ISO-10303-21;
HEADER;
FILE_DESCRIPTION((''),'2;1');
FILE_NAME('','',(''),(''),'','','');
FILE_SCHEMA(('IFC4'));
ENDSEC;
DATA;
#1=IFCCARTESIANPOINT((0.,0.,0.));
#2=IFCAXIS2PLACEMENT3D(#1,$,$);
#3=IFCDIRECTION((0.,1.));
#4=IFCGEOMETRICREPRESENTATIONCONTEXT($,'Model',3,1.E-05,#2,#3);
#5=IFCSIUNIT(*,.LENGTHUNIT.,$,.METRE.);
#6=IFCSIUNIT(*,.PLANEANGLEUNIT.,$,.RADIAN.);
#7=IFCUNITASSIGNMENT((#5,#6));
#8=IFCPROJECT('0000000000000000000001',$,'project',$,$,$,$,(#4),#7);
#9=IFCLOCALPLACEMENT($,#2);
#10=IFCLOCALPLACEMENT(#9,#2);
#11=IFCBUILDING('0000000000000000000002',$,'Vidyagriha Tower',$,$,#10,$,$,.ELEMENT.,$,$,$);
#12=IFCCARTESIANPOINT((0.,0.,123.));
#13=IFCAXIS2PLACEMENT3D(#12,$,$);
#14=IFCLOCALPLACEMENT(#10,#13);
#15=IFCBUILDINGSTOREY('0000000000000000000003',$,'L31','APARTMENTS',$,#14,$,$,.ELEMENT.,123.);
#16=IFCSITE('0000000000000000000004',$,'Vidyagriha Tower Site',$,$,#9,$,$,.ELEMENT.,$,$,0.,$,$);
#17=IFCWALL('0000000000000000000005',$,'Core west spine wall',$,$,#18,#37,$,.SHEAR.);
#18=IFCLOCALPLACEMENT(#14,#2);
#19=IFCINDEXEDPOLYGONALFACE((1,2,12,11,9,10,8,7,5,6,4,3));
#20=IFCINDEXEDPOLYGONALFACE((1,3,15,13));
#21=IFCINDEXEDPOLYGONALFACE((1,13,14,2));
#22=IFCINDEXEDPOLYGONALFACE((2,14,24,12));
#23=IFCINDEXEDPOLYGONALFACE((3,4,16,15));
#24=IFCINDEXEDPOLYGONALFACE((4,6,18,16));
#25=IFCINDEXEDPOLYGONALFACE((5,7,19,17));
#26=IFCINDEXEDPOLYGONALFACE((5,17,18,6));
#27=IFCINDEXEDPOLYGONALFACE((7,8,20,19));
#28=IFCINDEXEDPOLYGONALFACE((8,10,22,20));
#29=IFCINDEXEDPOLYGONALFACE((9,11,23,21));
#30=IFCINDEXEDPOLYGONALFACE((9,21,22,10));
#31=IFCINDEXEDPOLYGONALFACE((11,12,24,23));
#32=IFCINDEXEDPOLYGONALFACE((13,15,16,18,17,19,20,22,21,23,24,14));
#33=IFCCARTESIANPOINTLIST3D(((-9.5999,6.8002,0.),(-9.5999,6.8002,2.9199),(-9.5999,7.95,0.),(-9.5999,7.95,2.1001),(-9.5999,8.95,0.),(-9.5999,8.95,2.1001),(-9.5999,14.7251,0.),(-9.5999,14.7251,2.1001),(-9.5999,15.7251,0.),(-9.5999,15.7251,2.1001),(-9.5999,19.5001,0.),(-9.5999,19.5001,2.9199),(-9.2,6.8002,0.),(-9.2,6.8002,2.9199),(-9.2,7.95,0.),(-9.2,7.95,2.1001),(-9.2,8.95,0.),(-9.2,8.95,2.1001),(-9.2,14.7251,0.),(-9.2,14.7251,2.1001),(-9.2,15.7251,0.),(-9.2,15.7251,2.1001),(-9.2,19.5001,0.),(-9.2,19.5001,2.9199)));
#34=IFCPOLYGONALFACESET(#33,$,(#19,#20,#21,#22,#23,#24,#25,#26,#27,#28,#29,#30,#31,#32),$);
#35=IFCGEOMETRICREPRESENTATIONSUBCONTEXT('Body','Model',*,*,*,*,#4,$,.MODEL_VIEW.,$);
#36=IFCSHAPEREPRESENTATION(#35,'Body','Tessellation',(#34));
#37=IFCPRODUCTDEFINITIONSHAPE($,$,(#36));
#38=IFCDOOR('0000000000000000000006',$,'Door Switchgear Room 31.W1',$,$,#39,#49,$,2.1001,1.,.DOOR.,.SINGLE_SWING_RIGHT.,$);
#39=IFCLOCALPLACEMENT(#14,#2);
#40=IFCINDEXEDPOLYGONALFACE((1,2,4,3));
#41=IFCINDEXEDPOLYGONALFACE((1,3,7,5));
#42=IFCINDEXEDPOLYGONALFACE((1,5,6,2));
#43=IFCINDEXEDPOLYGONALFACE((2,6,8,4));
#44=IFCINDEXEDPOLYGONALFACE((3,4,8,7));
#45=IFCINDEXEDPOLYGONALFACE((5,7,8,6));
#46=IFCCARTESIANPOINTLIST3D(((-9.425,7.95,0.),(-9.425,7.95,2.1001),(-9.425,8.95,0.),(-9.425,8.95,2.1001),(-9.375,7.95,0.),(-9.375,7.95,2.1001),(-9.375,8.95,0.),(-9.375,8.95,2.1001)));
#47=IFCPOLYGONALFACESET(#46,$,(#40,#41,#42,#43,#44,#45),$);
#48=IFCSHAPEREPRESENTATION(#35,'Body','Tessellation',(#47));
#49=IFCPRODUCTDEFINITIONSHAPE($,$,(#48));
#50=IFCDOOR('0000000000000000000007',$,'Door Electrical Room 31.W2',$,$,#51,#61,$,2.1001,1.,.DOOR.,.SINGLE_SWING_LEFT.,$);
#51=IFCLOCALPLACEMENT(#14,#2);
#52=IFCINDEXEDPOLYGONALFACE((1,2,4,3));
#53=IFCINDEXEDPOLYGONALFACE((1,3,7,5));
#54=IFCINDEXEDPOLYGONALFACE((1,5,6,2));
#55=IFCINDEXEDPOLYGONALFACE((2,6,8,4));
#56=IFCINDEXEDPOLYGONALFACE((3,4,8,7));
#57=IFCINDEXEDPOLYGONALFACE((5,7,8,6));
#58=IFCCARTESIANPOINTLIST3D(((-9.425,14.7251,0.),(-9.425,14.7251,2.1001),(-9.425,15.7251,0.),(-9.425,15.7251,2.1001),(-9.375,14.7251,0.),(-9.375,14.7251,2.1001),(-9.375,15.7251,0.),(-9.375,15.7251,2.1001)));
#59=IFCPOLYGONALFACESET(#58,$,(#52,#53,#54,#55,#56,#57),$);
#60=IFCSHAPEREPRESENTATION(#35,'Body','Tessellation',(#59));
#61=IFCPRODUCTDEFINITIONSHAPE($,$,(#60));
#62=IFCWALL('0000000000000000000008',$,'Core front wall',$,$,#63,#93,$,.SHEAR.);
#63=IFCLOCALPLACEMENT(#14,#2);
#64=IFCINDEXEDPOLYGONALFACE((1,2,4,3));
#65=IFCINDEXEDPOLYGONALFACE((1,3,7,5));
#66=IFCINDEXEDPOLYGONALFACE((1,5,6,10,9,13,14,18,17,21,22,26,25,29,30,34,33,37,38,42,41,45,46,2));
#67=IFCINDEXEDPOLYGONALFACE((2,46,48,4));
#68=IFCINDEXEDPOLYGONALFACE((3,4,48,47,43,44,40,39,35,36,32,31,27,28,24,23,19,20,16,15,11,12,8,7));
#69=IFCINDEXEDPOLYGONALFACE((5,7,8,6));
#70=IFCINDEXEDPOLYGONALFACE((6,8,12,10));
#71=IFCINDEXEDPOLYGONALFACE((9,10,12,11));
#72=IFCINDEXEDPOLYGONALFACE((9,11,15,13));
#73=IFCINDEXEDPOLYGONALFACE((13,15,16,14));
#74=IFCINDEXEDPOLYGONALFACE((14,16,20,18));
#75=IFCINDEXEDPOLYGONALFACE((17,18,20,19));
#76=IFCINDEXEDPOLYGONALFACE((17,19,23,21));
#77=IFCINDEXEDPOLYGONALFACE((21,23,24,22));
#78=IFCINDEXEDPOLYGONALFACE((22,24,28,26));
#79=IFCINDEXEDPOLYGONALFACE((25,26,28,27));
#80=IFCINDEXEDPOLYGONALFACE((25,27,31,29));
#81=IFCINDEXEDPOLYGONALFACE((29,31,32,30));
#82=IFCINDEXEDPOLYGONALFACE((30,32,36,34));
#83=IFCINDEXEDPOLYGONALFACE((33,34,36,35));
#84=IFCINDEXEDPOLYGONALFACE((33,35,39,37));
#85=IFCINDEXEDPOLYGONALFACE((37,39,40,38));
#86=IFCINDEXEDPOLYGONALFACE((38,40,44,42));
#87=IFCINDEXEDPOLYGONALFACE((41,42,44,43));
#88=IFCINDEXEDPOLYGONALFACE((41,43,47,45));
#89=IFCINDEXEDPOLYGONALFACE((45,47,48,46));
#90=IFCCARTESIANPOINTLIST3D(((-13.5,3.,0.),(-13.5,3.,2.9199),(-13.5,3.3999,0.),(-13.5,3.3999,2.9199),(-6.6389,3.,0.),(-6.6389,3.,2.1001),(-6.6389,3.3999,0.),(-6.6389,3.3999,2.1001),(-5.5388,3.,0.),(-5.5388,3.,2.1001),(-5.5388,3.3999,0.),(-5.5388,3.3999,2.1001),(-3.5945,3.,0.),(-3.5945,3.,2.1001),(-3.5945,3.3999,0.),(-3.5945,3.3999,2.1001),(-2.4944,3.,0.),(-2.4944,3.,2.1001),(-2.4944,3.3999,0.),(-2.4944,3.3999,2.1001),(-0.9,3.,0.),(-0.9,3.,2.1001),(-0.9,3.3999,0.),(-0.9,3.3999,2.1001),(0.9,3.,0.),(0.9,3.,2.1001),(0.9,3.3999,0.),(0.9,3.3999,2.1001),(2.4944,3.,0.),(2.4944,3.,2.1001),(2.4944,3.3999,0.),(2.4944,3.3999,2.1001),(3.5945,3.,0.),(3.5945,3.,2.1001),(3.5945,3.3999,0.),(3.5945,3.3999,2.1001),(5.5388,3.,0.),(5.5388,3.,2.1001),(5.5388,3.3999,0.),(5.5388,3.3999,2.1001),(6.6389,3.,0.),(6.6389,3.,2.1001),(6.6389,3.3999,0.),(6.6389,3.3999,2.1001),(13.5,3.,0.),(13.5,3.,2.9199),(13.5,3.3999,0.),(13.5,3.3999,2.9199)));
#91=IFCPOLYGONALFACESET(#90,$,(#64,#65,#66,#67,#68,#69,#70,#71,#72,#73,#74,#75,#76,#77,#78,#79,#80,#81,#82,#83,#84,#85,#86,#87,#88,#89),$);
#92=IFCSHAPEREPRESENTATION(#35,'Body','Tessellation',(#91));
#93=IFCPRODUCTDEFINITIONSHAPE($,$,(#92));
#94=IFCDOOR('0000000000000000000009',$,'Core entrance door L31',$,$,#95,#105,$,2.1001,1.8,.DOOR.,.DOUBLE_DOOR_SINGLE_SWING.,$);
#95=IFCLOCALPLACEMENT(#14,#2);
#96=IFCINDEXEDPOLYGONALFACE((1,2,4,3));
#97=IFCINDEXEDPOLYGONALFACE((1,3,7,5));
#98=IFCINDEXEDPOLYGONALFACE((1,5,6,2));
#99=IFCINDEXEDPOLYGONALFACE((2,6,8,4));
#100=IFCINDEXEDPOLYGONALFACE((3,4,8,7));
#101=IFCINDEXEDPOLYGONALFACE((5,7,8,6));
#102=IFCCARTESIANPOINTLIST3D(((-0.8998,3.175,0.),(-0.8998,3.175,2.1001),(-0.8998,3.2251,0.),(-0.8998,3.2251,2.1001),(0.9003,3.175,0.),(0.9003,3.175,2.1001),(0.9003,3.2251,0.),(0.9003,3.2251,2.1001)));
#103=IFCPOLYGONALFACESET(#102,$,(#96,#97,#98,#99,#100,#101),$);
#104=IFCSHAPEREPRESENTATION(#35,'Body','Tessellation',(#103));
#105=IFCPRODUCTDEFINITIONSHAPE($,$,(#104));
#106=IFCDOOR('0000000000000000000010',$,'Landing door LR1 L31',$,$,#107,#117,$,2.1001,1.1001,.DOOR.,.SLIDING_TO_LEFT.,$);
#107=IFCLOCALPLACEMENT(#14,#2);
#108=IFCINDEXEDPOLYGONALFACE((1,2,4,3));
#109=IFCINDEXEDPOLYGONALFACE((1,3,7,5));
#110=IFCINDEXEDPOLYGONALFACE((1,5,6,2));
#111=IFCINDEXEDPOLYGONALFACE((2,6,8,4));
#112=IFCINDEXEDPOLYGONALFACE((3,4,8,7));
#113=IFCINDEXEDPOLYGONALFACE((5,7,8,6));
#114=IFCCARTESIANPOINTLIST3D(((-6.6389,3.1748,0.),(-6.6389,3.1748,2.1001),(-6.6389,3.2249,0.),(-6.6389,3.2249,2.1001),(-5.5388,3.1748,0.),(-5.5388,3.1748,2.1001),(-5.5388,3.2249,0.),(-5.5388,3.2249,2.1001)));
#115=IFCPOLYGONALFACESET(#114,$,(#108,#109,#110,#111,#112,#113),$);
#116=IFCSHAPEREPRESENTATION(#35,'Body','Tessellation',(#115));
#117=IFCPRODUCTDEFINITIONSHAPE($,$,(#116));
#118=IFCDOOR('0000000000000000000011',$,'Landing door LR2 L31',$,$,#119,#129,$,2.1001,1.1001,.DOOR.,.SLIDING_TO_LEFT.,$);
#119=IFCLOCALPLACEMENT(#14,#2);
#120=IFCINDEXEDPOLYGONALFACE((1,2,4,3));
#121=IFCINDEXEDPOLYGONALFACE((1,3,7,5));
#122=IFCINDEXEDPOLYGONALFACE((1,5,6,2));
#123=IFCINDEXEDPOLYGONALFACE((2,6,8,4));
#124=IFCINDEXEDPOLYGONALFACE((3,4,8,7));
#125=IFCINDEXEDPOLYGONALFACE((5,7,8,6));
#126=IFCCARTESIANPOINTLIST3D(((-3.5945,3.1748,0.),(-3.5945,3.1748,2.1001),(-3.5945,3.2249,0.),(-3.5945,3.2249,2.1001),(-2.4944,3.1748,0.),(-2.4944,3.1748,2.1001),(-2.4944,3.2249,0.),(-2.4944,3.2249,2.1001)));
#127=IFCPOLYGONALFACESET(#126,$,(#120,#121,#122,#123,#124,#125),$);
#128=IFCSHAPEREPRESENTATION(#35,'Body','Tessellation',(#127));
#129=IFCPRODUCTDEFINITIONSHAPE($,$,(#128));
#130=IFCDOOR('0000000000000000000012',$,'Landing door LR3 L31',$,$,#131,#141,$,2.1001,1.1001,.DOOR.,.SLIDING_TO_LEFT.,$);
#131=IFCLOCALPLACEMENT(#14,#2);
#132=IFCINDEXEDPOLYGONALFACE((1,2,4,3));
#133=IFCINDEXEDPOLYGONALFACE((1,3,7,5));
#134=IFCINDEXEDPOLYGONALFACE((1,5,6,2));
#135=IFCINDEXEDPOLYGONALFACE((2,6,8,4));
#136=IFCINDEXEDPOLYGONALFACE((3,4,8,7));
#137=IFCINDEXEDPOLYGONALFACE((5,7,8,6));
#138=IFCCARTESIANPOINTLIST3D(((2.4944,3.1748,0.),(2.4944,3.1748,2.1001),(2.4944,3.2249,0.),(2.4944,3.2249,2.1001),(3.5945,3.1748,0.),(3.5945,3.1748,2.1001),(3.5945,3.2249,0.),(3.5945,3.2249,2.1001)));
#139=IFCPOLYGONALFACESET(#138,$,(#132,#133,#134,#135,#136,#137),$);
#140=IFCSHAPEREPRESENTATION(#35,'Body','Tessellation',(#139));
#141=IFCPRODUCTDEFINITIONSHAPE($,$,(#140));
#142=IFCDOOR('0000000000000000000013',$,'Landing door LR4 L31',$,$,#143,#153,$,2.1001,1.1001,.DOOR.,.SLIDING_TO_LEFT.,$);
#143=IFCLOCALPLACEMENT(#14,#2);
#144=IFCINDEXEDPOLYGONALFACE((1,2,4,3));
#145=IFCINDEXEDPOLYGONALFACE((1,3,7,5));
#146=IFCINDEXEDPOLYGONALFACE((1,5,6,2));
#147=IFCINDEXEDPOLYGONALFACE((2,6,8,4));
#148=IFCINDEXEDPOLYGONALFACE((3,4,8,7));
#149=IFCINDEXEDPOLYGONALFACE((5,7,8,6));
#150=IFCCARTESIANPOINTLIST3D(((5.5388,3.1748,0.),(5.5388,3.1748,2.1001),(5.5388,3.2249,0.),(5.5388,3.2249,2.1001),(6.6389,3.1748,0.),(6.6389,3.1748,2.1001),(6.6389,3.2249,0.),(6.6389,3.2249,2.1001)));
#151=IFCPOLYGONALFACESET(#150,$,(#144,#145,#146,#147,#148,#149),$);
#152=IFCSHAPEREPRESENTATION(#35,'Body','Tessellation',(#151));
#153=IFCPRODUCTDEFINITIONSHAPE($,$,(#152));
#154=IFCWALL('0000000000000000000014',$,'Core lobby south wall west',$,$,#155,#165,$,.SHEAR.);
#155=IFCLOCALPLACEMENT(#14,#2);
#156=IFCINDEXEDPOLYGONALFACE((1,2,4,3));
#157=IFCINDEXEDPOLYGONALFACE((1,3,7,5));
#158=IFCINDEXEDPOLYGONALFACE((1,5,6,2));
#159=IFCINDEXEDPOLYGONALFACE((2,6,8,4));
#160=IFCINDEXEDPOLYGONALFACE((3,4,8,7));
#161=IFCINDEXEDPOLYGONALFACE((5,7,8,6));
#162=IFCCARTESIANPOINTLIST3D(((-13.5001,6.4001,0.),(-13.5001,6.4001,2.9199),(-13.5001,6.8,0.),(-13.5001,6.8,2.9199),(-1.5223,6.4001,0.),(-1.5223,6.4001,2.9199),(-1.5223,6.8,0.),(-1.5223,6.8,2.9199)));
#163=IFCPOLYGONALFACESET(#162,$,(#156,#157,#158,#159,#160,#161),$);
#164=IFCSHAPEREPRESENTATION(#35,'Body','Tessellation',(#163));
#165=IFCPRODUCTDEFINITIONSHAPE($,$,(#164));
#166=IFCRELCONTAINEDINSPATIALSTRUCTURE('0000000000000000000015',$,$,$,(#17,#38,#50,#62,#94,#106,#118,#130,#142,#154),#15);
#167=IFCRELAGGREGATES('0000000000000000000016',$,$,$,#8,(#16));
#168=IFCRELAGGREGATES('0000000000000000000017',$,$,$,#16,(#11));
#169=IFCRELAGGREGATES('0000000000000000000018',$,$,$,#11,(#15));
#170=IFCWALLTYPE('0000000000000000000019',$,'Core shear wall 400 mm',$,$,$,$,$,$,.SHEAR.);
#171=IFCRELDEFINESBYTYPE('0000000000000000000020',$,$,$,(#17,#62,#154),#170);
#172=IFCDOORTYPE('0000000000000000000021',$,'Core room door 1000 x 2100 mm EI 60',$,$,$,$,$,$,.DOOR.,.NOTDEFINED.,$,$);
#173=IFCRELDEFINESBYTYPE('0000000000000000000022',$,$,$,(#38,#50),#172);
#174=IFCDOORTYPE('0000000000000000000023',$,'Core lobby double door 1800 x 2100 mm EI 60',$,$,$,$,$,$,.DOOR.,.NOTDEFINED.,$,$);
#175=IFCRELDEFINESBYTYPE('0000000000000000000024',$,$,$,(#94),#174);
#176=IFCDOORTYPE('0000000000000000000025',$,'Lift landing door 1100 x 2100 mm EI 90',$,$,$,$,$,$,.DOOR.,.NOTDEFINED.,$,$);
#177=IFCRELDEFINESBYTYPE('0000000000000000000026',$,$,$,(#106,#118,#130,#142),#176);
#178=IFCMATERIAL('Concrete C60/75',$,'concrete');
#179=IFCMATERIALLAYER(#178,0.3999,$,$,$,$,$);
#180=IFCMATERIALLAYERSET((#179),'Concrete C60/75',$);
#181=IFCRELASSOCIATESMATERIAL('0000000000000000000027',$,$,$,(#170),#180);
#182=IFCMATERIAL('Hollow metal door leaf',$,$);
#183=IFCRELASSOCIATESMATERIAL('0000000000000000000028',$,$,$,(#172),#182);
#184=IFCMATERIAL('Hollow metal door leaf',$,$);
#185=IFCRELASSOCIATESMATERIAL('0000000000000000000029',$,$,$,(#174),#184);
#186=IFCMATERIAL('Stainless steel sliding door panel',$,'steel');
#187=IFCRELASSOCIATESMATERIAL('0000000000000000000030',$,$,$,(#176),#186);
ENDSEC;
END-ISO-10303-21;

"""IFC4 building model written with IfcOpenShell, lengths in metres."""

from ifc_helpers import new_model, si_unit, direction, frame, frame_2d, origin, place, context, subcontext, project, spatial, rectangle, extrude, material, layer, layer_set, type_object, element, fill, save


model = new_model("IFC4")

# Units and contexts
model_context = context("Model", 3, precision=1e-05, world=origin(), true_north=direction((0.0, 1.0)))
body_context = subcontext(model_context, "Body", "Model", "MODEL_VIEW")
ifc_project = project(units=[si_unit("LENGTHUNIT", "METRE"), si_unit("PLANEANGLEUNIT", "RADIAN")], contexts=[model_context])

# Site, building, storey
site_placement = place(None, origin())
site = spatial("IfcSite", under=ifc_project, at=site_placement, Name="Vidyagriha Tower Site", CompositionType="ELEMENT", RefElevation=0.0)
building_placement = place(site_placement, origin())
building = spatial("IfcBuilding", under=site, at=building_placement, Name="Vidyagriha Tower", CompositionType="ELEMENT")
storey_placement = place(building_placement, frame((0.0, 0.0, 123.0)))
storey = spatial("IfcBuildingStorey", under=building, at=storey_placement, Name="L31", Description="APARTMENTS", CompositionType="ELEMENT", Elevation=123.0)

# Walls, openings, doors
ifc_material_1 = material(Name="Concrete C60/75", Category="concrete")
ifc_layer_1 = layer(ifc_material_1, 0.3999)
ifc_layer_set_1 = layer_set([ifc_layer_1], Name="Concrete C60/75")
wall_type_1 = type_object("IfcWallType", Name="Core shear wall 400 mm", PredefinedType="SHEAR", material=ifc_layer_set_1)
wall_1_placement = place(storey_placement, frame((-9.3999, 6.8, 0.0), z_axis=(0.0, 0.0, 1.0), x_axis=(0.0, 1.0, 0.0)))
wall_1 = element("IfcWall", 1, at=wall_1_placement, inside=storey, type_object=wall_type_1, Name="Core west spine wall", PredefinedType="SHEAR", context=body_context, shape_type="SweptSolid", body=[
    extrude(rectangle(XDim=12.7, YDim=0.3999, at=frame_2d((6.3501, 0.0))), origin(), (0.0, 0.0, 1.0), 2.9199),
])
opening_1_placement = place(wall_1_placement, frame((1.1499, 0.0, 0.0)))
opening_1 = element("IfcOpeningElement", 2, at=opening_1_placement, cuts=wall_1, PredefinedType="OPENING", context=body_context, shape_type="SweptSolid", body=[
    extrude(rectangle(XDim=1.0, YDim=2.1001, at=frame_2d((0.5, 1.05))), frame((0.0, 0.21, 0.0), z_axis=(0.0, -1.0, 0.0), x_axis=(1.0, 0.0, 0.0)), (0.0, 0.0, 1.0), 0.4199),
])
opening_2_placement = place(wall_1_placement, frame((7.925, 0.0, 0.0)))
opening_2 = element("IfcOpeningElement", 3, at=opening_2_placement, cuts=wall_1, PredefinedType="OPENING", context=body_context, shape_type="SweptSolid", body=[
    extrude(rectangle(XDim=1.0, YDim=2.1001, at=frame_2d((0.5, 1.05))), frame((0.0, 0.21, 0.0), z_axis=(0.0, -1.0, 0.0), x_axis=(1.0, 0.0, 0.0)), (0.0, 0.0, 1.0), 0.4199),
])
ifc_material_2 = material(Name="Hollow metal door leaf")
door_type_1 = type_object("IfcDoorType", Name="Core room door 1000 x 2100 mm EI 60", OperationType="NOTDEFINED", PredefinedType="DOOR", material=ifc_material_2)
door_1_placement = place(opening_1_placement, frame((1.0, 0.0, 0.0), z_axis=(0.0, 0.0, 1.0), x_axis=(-1.0, 0.0, 0.0)))
door_1 = element("IfcDoor", 4, at=door_1_placement, inside=storey, type_object=door_type_1, Name="Door Switchgear Room 31.W1", OperationType="SINGLE_SWING_RIGHT", OverallHeight=2.1001, OverallWidth=1.0, PredefinedType="DOOR", context=body_context, shape_type="SweptSolid", body=[
    extrude(rectangle(XDim=1.0, YDim=2.1001, at=frame_2d((0.5, 1.05))), frame((0.0, 0.0249, 0.0), z_axis=(0.0, -1.0, 0.0), x_axis=(1.0, 0.0, 0.0)), (0.0, 0.0, 1.0), 0.05),
])
fill(opening_1, door_1)
door_2_placement = place(opening_2_placement, frame((1.0, 0.0, 0.0), z_axis=(0.0, 0.0, 1.0), x_axis=(-1.0, 0.0, 0.0)))
door_2 = element("IfcDoor", 5, at=door_2_placement, inside=storey, type_object=door_type_1, Name="Door Electrical Room 31.W2", OperationType="SINGLE_SWING_LEFT", OverallHeight=2.1001, OverallWidth=1.0, PredefinedType="DOOR", context=body_context, shape_type="SweptSolid", body=[
    extrude(rectangle(XDim=1.0, YDim=2.1001, at=frame_2d((0.5, 1.05))), frame((0.0, 0.0249, 0.0), z_axis=(0.0, -1.0, 0.0), x_axis=(1.0, 0.0, 0.0)), (0.0, 0.0, 1.0), 0.05),
])
fill(opening_2, door_2)
wall_2_placement = place(storey_placement, frame((-13.5, 3.2, 0.0)))
wall_2 = element("IfcWall", 6, at=wall_2_placement, inside=storey, type_object=wall_type_1, Name="Core front wall", PredefinedType="SHEAR", context=body_context, shape_type="SweptSolid", body=[
    extrude(rectangle(XDim=27.0, YDim=0.3999, at=frame_2d((13.5, 0.0))), origin(), (0.0, 0.0, 1.0), 2.9199),
])
opening_3_placement = place(wall_2_placement, frame((6.8611, 0.0, 0.0)))
opening_3 = element("IfcOpeningElement", 7, at=opening_3_placement, cuts=wall_2, PredefinedType="OPENING", context=body_context, shape_type="SweptSolid", body=[
    extrude(rectangle(XDim=1.1001, YDim=2.1001, at=frame_2d((0.55, 1.05))), frame((0.0, 0.21, 0.0), z_axis=(0.0, -1.0, 0.0), x_axis=(1.0, 0.0, 0.0)), (0.0, 0.0, 1.0), 0.4199),
])
opening_4_placement = place(wall_2_placement, frame((9.9055, 0.0, 0.0)))
opening_4 = element("IfcOpeningElement", 8, at=opening_4_placement, cuts=wall_2, PredefinedType="OPENING", context=body_context, shape_type="SweptSolid", body=[
    extrude(rectangle(XDim=1.1001, YDim=2.1001, at=frame_2d((0.55, 1.05))), frame((0.0, 0.21, 0.0), z_axis=(0.0, -1.0, 0.0), x_axis=(1.0, 0.0, 0.0)), (0.0, 0.0, 1.0), 0.4199),
])
opening_5_placement = place(wall_2_placement, frame((15.9944, 0.0, 0.0)))
opening_5 = element("IfcOpeningElement", 9, at=opening_5_placement, cuts=wall_2, PredefinedType="OPENING", context=body_context, shape_type="SweptSolid", body=[
    extrude(rectangle(XDim=1.1001, YDim=2.1001, at=frame_2d((0.55, 1.05))), frame((0.0, 0.21, 0.0), z_axis=(0.0, -1.0, 0.0), x_axis=(1.0, 0.0, 0.0)), (0.0, 0.0, 1.0), 0.4199),
])
opening_6_placement = place(wall_2_placement, frame((19.0388, 0.0, 0.0)))
opening_6 = element("IfcOpeningElement", 10, at=opening_6_placement, cuts=wall_2, PredefinedType="OPENING", context=body_context, shape_type="SweptSolid", body=[
    extrude(rectangle(XDim=1.1001, YDim=2.1001, at=frame_2d((0.55, 1.05))), frame((0.0, 0.21, 0.0), z_axis=(0.0, -1.0, 0.0), x_axis=(1.0, 0.0, 0.0)), (0.0, 0.0, 1.0), 0.4199),
])
opening_7_placement = place(wall_2_placement, frame((12.6001, 0.0, 0.0)))
opening_7 = element("IfcOpeningElement", 11, at=opening_7_placement, cuts=wall_2, PredefinedType="OPENING", context=body_context, shape_type="SweptSolid", body=[
    extrude(rectangle(XDim=1.8, YDim=2.1001, at=frame_2d((0.8999, 1.05))), frame((0.0, 0.21, 0.0), z_axis=(0.0, -1.0, 0.0), x_axis=(1.0, 0.0, 0.0)), (0.0, 0.0, 1.0), 0.4199),
])
ifc_material_3 = material(Name="Hollow metal door leaf")
door_type_2 = type_object("IfcDoorType", Name="Core lobby double door 1800 x 2100 mm EI 60", OperationType="NOTDEFINED", PredefinedType="DOOR", material=ifc_material_3)
door_3_placement = place(opening_7_placement, frame((1.8, 0.0, 0.0), z_axis=(0.0, 0.0, 1.0), x_axis=(-1.0, 0.0, 0.0)))
door_3 = element("IfcDoor", 12, at=door_3_placement, inside=storey, type_object=door_type_2, Name="Core entrance door L31", OperationType="DOUBLE_DOOR_SINGLE_SWING", OverallHeight=2.1001, OverallWidth=1.8, PredefinedType="DOOR", context=body_context, shape_type="SweptSolid", body=[
    extrude(rectangle(XDim=1.8, YDim=2.1001, at=frame_2d((0.8999, 1.05))), frame((0.0, 0.0249, 0.0), z_axis=(0.0, -1.0, 0.0), x_axis=(1.0, 0.0, 0.0)), (0.0, 0.0, 1.0), 0.05),
])
fill(opening_7, door_3)
ifc_material_4 = material(Name="Stainless steel sliding door panel", Category="steel")
door_type_3 = type_object("IfcDoorType", Name="Lift landing door 1100 x 2100 mm EI 90", OperationType="NOTDEFINED", PredefinedType="DOOR", material=ifc_material_4)
door_4_placement = place(opening_3_placement, origin())
door_4 = element("IfcDoor", 13, at=door_4_placement, inside=storey, type_object=door_type_3, Name="Landing door LR1 L31", OperationType="SLIDING_TO_LEFT", OverallHeight=2.1001, OverallWidth=1.1001, PredefinedType="DOOR", context=body_context, shape_type="SweptSolid", body=[
    extrude(rectangle(XDim=1.1001, YDim=2.1001, at=frame_2d((0.55, 1.05))), frame((0.0, 0.0249, 0.0), z_axis=(0.0, -1.0, 0.0), x_axis=(1.0, 0.0, 0.0)), (0.0, 0.0, 1.0), 0.05),
])
fill(opening_3, door_4)
door_5_placement = place(opening_4_placement, origin())
door_5 = element("IfcDoor", 14, at=door_5_placement, inside=storey, type_object=door_type_3, Name="Landing door LR2 L31", OperationType="SLIDING_TO_LEFT", OverallHeight=2.1001, OverallWidth=1.1001, PredefinedType="DOOR", context=body_context, shape_type="SweptSolid", body=[
    extrude(rectangle(XDim=1.1001, YDim=2.1001, at=frame_2d((0.55, 1.05))), frame((0.0, 0.0249, 0.0), z_axis=(0.0, -1.0, 0.0), x_axis=(1.0, 0.0, 0.0)), (0.0, 0.0, 1.0), 0.05),
])
fill(opening_4, door_5)
door_6_placement = place(opening_5_placement, origin())
door_6 = element("IfcDoor", 15, at=door_6_placement, inside=storey, type_object=door_type_3, Name="Landing door LR3 L31", OperationType="SLIDING_TO_LEFT", OverallHeight=2.1001, OverallWidth=1.1001, PredefinedType="DOOR", context=body_context, shape_type="SweptSolid", body=[
    extrude(rectangle(XDim=1.1001, YDim=2.1001, at=frame_2d((0.55, 1.05))), frame((0.0, 0.0249, 0.0), z_axis=(0.0, -1.0, 0.0), x_axis=(1.0, 0.0, 0.0)), (0.0, 0.0, 1.0), 0.05),
])
fill(opening_5, door_6)
door_7_placement = place(opening_6_placement, origin())
door_7 = element("IfcDoor", 16, at=door_7_placement, inside=storey, type_object=door_type_3, Name="Landing door LR4 L31", OperationType="SLIDING_TO_LEFT", OverallHeight=2.1001, OverallWidth=1.1001, PredefinedType="DOOR", context=body_context, shape_type="SweptSolid", body=[
    extrude(rectangle(XDim=1.1001, YDim=2.1001, at=frame_2d((0.55, 1.05))), frame((0.0, 0.0249, 0.0), z_axis=(0.0, -1.0, 0.0), x_axis=(1.0, 0.0, 0.0)), (0.0, 0.0, 1.0), 0.05),
])
fill(opening_6, door_7)

# Wall
wall_3_placement = place(storey_placement, frame((-13.5, 6.6001, 0.0)))
element("IfcWall", 17, at=wall_3_placement, inside=storey, type_object=wall_type_1, Name="Core lobby south wall west", PredefinedType="SHEAR", context=body_context, shape_type="SweptSolid", body=[
    extrude(rectangle(XDim=11.9778, YDim=0.3999, at=frame_2d((5.9888, 0.0))), origin(), (0.0, 0.0, 1.0), 2.9199),
])

save(model, "model.ifc")
